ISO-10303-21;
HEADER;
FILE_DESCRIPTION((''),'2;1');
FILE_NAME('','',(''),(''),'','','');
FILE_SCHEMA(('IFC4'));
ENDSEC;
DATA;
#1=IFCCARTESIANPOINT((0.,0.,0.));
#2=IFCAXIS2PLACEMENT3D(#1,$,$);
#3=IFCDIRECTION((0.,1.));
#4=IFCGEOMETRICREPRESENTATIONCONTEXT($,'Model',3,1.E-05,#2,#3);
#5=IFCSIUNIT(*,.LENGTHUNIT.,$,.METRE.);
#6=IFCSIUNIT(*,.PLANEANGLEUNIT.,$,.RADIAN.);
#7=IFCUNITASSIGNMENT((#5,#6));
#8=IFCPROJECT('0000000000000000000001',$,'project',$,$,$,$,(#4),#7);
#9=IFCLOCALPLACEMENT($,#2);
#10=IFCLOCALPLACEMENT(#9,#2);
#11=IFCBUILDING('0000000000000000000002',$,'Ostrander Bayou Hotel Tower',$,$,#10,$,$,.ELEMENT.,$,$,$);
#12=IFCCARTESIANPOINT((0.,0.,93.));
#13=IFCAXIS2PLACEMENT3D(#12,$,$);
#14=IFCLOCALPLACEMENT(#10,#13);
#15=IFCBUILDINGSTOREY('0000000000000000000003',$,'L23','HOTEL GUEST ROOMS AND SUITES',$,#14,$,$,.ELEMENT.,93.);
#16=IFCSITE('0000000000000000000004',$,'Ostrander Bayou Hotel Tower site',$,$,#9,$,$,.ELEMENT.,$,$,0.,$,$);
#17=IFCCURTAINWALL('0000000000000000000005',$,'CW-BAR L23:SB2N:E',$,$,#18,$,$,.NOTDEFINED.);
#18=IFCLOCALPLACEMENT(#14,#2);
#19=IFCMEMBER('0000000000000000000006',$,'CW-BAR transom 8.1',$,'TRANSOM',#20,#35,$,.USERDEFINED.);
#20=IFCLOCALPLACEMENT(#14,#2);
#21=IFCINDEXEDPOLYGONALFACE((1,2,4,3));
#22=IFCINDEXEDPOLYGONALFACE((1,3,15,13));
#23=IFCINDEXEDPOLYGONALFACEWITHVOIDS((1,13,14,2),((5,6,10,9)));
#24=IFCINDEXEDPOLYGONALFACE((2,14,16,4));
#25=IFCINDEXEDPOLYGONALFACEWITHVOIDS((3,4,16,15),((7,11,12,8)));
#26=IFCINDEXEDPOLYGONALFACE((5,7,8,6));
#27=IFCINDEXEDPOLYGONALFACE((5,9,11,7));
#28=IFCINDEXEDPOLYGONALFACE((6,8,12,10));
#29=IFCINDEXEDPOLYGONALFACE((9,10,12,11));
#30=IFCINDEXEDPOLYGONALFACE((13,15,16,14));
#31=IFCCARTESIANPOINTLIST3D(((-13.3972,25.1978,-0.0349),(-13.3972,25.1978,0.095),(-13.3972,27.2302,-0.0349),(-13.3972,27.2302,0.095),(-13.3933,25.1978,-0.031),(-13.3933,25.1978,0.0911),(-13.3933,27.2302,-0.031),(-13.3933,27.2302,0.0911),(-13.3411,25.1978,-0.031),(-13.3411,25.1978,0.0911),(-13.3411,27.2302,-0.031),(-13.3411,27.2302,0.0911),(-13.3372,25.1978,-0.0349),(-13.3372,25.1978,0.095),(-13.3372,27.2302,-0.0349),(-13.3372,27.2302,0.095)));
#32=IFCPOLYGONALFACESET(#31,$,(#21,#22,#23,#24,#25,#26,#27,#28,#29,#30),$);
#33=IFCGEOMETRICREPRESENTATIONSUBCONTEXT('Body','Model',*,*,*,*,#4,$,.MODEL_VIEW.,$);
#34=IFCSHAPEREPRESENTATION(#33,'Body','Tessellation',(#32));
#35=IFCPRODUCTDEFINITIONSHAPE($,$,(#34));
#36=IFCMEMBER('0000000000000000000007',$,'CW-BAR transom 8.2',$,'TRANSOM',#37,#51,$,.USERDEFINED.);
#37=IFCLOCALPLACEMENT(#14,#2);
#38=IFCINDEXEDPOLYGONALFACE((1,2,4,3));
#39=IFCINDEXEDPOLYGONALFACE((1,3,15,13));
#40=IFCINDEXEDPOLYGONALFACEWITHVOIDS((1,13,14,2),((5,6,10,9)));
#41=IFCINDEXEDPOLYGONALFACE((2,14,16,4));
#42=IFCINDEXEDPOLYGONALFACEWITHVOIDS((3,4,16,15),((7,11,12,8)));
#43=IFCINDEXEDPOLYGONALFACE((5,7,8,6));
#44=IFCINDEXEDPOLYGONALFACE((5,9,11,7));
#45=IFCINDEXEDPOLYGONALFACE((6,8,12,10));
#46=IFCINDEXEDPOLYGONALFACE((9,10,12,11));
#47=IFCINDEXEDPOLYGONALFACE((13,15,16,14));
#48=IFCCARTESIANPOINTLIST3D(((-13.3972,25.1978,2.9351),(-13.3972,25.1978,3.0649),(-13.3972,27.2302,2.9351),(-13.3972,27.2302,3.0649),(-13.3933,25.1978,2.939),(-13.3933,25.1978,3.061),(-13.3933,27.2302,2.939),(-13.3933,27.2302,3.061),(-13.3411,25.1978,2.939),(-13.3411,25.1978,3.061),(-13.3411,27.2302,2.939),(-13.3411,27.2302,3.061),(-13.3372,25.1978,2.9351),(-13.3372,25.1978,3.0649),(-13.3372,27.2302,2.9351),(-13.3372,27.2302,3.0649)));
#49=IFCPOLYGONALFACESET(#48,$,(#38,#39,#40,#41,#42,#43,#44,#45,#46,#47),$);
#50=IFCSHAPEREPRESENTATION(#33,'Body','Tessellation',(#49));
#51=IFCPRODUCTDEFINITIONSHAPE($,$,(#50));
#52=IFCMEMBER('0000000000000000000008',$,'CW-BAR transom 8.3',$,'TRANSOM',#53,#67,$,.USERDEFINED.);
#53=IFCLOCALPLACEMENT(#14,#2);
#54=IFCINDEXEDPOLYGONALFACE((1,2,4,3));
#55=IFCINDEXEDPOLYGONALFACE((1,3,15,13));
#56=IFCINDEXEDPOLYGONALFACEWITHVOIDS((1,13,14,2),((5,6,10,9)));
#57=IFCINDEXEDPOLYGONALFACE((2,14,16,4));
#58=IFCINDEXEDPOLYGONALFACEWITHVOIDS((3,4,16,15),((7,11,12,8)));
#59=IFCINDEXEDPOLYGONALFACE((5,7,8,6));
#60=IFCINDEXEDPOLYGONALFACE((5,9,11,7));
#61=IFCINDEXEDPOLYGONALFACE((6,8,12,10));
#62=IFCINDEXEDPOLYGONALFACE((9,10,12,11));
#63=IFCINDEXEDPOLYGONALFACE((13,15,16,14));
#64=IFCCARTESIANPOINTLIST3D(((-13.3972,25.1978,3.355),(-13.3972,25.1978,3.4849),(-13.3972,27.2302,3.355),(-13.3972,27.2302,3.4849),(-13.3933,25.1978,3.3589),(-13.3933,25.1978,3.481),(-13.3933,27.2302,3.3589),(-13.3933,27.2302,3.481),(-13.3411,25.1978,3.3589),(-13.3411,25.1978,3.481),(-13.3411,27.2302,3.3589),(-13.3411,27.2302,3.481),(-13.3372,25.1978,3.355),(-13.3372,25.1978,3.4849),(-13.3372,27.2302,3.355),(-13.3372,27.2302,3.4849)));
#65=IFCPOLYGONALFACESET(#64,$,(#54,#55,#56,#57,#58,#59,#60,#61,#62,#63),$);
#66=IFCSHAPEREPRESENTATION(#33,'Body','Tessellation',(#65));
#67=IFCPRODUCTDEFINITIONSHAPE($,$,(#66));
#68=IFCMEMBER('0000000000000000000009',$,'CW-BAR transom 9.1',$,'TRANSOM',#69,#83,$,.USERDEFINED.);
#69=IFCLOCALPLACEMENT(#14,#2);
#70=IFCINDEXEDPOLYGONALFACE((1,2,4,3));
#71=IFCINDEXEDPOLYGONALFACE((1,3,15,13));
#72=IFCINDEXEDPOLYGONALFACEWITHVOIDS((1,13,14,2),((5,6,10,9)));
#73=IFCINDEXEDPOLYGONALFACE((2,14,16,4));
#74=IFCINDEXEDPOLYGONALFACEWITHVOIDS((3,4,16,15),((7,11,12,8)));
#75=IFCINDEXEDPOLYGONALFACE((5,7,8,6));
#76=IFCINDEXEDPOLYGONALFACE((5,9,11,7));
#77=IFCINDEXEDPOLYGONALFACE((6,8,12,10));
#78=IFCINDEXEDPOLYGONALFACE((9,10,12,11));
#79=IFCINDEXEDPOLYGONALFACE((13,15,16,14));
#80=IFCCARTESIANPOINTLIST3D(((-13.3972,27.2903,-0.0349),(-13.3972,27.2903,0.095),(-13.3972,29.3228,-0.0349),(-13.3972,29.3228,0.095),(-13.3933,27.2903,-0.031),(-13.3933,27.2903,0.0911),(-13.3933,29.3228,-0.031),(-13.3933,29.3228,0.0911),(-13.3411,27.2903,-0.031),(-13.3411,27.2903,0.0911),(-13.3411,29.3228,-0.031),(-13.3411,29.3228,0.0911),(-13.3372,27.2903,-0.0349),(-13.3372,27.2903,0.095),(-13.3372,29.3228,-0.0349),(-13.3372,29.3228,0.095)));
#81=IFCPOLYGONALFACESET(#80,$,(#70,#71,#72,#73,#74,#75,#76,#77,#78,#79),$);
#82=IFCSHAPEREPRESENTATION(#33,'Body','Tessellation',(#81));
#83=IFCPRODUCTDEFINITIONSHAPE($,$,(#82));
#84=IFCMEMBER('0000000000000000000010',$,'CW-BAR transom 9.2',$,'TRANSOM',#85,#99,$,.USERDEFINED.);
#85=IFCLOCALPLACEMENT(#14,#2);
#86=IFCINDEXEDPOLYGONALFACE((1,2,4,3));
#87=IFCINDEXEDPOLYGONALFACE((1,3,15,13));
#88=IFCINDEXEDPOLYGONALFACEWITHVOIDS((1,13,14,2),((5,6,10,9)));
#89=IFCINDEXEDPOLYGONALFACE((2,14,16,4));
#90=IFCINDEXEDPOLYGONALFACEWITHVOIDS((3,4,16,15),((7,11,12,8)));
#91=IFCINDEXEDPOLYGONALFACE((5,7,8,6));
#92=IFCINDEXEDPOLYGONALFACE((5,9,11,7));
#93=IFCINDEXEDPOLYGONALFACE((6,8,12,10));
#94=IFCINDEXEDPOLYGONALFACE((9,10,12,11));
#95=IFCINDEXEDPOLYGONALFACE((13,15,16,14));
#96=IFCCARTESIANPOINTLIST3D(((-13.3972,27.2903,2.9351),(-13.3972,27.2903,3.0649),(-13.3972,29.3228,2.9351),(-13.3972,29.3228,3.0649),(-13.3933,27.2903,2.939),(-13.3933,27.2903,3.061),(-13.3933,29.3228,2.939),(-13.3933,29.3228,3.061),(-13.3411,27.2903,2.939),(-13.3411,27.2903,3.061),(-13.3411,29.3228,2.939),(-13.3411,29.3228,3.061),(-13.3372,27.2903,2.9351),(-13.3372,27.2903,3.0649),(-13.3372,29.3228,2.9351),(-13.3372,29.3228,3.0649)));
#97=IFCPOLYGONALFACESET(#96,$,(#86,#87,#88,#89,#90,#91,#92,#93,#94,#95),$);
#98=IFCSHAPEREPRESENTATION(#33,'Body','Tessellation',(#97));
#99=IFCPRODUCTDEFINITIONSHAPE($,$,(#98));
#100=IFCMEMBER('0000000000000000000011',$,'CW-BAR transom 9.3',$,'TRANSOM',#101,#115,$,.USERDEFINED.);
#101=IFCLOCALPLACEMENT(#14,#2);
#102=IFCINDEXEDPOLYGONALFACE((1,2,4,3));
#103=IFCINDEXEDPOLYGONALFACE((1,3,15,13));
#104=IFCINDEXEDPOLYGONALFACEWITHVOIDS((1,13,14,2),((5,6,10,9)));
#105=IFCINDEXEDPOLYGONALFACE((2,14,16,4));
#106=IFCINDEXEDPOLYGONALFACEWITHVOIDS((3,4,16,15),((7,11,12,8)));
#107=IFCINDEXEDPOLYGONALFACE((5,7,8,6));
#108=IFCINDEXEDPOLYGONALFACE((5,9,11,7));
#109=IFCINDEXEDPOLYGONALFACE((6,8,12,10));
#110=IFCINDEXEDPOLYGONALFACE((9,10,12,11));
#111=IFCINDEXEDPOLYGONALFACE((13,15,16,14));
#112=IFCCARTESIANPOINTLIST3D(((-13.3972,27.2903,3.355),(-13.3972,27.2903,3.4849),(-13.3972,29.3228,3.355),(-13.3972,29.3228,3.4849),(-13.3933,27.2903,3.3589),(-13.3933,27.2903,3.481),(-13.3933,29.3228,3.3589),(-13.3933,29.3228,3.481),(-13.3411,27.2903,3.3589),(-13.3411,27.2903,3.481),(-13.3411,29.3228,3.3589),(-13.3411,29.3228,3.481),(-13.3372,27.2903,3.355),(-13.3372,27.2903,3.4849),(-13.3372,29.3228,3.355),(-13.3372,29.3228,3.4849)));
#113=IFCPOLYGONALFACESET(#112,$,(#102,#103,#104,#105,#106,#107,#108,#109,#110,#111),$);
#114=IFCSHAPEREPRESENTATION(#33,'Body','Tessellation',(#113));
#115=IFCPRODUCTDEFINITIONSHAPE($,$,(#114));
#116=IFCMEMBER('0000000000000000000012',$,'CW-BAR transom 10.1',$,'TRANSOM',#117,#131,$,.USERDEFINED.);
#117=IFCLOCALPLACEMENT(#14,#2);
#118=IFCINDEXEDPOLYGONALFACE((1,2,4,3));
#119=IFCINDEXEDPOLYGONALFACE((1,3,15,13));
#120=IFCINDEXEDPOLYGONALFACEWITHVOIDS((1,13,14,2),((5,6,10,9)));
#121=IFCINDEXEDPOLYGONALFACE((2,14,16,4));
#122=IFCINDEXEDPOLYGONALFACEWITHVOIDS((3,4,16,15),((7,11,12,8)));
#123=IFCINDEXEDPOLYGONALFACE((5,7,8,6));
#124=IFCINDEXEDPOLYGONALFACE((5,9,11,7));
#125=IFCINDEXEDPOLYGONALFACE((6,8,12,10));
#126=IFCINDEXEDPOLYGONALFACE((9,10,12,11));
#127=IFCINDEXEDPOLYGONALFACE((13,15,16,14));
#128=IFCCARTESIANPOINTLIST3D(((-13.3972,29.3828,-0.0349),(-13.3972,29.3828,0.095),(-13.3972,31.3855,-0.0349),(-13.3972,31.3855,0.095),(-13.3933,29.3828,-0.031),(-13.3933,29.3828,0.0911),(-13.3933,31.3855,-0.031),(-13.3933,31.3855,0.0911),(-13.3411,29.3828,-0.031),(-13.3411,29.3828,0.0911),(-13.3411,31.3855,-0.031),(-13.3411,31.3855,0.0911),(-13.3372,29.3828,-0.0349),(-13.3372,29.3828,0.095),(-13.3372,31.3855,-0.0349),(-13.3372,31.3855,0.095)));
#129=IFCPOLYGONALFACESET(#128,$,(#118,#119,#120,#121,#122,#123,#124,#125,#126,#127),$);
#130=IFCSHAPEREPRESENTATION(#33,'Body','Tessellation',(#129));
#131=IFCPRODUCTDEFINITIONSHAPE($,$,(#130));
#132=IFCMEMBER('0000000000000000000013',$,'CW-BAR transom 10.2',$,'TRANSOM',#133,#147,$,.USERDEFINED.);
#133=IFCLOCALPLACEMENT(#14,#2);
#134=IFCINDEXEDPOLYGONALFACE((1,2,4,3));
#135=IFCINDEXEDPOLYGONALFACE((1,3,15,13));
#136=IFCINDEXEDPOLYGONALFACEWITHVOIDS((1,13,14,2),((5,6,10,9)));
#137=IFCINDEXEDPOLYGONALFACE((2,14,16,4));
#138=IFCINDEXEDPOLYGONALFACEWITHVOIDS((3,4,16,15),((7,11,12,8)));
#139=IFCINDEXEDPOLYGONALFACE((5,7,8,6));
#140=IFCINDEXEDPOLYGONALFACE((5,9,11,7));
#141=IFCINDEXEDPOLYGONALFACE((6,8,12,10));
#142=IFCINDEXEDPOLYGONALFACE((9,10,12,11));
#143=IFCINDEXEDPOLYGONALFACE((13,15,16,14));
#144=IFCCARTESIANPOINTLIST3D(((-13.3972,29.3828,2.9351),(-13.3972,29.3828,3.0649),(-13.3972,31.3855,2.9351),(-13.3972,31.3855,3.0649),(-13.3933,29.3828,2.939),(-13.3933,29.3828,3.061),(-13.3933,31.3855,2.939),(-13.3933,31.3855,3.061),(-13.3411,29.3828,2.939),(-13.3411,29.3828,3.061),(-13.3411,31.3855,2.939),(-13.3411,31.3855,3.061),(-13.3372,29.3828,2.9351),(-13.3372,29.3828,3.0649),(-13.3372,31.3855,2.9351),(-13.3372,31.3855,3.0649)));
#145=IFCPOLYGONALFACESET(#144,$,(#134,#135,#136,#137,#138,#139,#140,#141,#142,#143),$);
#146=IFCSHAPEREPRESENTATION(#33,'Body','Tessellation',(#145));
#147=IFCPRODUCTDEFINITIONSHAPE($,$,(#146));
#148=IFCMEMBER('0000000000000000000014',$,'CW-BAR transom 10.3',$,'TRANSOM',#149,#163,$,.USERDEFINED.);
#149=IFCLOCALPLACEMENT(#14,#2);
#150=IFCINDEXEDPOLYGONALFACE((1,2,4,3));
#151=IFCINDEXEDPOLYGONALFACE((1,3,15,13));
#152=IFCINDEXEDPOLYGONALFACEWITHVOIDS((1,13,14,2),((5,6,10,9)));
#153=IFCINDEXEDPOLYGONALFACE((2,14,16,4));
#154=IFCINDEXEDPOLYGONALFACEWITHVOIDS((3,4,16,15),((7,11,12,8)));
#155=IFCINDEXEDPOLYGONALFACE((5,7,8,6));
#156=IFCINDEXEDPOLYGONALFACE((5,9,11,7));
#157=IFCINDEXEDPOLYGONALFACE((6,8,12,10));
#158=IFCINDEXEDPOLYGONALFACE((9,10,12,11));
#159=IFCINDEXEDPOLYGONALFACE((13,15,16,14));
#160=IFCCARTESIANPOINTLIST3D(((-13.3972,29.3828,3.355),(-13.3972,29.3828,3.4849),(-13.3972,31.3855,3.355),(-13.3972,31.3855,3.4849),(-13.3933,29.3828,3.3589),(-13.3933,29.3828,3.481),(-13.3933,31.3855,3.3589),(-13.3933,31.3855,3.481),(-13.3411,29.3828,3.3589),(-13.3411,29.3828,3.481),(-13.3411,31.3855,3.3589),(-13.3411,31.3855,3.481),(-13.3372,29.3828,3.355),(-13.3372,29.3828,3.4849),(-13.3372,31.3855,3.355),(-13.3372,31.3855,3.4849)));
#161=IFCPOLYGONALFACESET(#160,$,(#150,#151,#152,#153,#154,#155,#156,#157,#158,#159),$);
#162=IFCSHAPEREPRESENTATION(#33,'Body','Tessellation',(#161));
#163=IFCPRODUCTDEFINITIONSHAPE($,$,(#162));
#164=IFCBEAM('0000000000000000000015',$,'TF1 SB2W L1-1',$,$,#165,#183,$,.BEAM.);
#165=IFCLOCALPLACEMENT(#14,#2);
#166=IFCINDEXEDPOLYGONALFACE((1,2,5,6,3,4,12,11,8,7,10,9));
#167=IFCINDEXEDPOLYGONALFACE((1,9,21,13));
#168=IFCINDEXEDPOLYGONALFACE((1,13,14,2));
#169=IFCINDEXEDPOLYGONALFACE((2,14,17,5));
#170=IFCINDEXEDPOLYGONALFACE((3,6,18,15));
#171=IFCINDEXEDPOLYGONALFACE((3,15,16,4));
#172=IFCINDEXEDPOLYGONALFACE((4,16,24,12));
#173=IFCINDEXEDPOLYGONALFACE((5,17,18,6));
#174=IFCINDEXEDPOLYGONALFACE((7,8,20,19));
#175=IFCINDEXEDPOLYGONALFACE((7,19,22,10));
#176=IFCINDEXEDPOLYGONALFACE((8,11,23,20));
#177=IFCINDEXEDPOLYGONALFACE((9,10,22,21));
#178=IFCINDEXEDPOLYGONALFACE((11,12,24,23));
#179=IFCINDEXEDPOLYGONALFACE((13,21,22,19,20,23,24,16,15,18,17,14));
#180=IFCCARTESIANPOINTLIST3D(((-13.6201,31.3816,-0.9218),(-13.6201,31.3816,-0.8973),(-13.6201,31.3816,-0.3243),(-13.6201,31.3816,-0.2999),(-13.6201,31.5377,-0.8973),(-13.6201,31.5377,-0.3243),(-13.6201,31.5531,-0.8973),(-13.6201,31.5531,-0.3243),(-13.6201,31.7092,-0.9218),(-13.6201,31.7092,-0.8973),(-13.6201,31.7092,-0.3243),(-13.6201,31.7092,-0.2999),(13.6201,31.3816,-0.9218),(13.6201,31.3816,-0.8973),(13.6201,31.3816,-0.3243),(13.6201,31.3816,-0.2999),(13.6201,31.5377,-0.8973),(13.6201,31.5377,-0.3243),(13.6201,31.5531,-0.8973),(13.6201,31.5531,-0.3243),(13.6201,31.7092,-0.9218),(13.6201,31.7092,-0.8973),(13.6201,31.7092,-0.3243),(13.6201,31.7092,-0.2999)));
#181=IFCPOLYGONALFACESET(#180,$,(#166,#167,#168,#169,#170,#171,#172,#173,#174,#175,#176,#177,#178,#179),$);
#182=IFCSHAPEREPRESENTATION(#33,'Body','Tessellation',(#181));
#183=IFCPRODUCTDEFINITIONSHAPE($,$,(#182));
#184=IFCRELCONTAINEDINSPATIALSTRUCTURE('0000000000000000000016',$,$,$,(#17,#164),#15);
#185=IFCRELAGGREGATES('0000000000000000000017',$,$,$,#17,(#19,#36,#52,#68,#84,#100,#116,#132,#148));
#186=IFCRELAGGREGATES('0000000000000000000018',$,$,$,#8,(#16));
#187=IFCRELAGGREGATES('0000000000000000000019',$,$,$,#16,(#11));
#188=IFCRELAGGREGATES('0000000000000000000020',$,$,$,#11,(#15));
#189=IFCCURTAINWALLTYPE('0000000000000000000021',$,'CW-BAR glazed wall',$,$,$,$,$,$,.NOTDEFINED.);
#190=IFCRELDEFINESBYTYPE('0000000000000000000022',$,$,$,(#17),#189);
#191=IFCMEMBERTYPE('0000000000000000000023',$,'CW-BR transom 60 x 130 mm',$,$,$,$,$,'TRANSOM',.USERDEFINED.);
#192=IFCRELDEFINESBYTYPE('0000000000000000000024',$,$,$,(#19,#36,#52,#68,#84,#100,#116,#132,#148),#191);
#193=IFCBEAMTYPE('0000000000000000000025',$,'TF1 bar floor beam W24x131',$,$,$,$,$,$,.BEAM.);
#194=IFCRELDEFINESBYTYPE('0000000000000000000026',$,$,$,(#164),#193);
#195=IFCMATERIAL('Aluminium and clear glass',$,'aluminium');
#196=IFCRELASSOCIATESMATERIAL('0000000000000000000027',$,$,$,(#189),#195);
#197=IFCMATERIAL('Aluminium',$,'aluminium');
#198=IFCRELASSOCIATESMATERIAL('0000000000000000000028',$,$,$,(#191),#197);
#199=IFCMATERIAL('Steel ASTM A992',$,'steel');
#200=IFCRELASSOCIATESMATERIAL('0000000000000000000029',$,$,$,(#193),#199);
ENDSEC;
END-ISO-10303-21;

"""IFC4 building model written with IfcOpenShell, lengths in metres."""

from ifc_helpers import new_model, si_unit, direction, frame, origin, origin_2d, place, context, subcontext, project, spatial, hollow_rectangle, i_section, extrude, material, material_profile, profile_set, type_object, element, aggregate, save


model = new_model("IFC4")

# Units and contexts
model_context = context("Model", 3, precision=1e-05, world=origin(), true_north=direction((0.0, 1.0)))
body_context = subcontext(model_context, "Body", "Model", "MODEL_VIEW")
ifc_project = project(units=[si_unit("LENGTHUNIT", "METRE"), si_unit("PLANEANGLEUNIT", "RADIAN")], contexts=[model_context])

# Site, building, storey
site_placement = place(None, origin())
site = spatial("IfcSite", under=ifc_project, at=site_placement, Name="Ostrander Bayou Hotel Tower site", CompositionType="ELEMENT", RefElevation=0.0)
building_placement = place(site_placement, origin())
building = spatial("IfcBuilding", under=site, at=building_placement, Name="Ostrander Bayou Hotel Tower", CompositionType="ELEMENT")
storey_placement = place(building_placement, frame((0.0, 0.0, 93.0)))
storey = spatial("IfcBuildingStorey", under=building, at=storey_placement, Name="L23", Description="HOTEL GUEST ROOMS AND SUITES", CompositionType="ELEMENT", Elevation=93.0)

# Curtain wall
ifc_material_1 = material(Name="Aluminium and clear glass", Category="aluminium")
curtain_wall_type = type_object("IfcCurtainWallType", Name="CW-BAR glazed wall", PredefinedType="NOTDEFINED", material=ifc_material_1)
curtain_wall_1_placement = place(storey_placement, origin())
curtain_wall_1 = element("IfcCurtainWall", 1, at=curtain_wall_1_placement, inside=storey, type_object=curtain_wall_type, Name="CW-BAR L23:SB2N:E", PredefinedType="NOTDEFINED")

# Members
ifc_material_2 = material(Name="Aluminium", Category="aluminium")
ifc_material_profile_1 = material_profile(ifc_material_2, hollow_rectangle(XDim=0.0601, YDim=0.1299, WallThickness=0.0039, at=origin_2d()))
ifc_profile_set_1 = profile_set([ifc_material_profile_1], Name="Aluminium")
member_type_1 = type_object("IfcMemberType", Name="CW-BR transom 60 x 130 mm", ElementType="TRANSOM", PredefinedType="USERDEFINED", material=ifc_profile_set_1)
member_1_placement = place(storey_placement, frame((-13.3672, 25.1978, 0.03), z_axis=(0.0, 1.0, 0.0), x_axis=(-1.0, 0.0, 0.0)))
member_1 = element("IfcMember", 2, at=member_1_placement, type_object=member_type_1, Name="CW-BAR transom 8.1", ObjectType="TRANSOM", PredefinedType="USERDEFINED", context=body_context, shape_type="SweptSolid", body=[
    extrude(hollow_rectangle(XDim=0.0601, YDim=0.1299, WallThickness=0.0039, at=origin_2d()), origin(), (0.0, 0.0, 1.0), 2.0325),
])
member_2_placement = place(storey_placement, frame((-13.3672, 25.1978, 3.0), z_axis=(0.0, 1.0, 0.0), x_axis=(-1.0, 0.0, 0.0)))
member_2 = element("IfcMember", 3, at=member_2_placement, type_object=member_type_1, Name="CW-BAR transom 8.2", ObjectType="TRANSOM", PredefinedType="USERDEFINED", context=body_context, shape_type="SweptSolid", body=[
    extrude(hollow_rectangle(XDim=0.0601, YDim=0.1299, WallThickness=0.0039, at=origin_2d()), origin(), (0.0, 0.0, 1.0), 2.0325),
])
member_3_placement = place(storey_placement, frame((-13.3672, 25.1978, 3.4199), z_axis=(0.0, 1.0, 0.0), x_axis=(-1.0, 0.0, 0.0)))
member_3 = element("IfcMember", 4, at=member_3_placement, type_object=member_type_1, Name="CW-BAR transom 8.3", ObjectType="TRANSOM", PredefinedType="USERDEFINED", context=body_context, shape_type="SweptSolid", body=[
    extrude(hollow_rectangle(XDim=0.0601, YDim=0.1299, WallThickness=0.0039, at=origin_2d()), origin(), (0.0, 0.0, 1.0), 2.0325),
])
member_4_placement = place(storey_placement, frame((-13.3672, 27.2903, 0.03), z_axis=(0.0, 1.0, 0.0), x_axis=(-1.0, 0.0, 0.0)))
member_4 = element("IfcMember", 5, at=member_4_placement, type_object=member_type_1, Name="CW-BAR transom 9.1", ObjectType="TRANSOM", PredefinedType="USERDEFINED", context=body_context, shape_type="SweptSolid", body=[
    extrude(hollow_rectangle(XDim=0.0601, YDim=0.1299, WallThickness=0.0039, at=origin_2d()), origin(), (0.0, 0.0, 1.0), 2.0325),
])
member_5_placement = place(storey_placement, frame((-13.3672, 27.2903, 3.0), z_axis=(0.0, 1.0, 0.0), x_axis=(-1.0, 0.0, 0.0)))
member_5 = element("IfcMember", 6, at=member_5_placement, type_object=member_type_1, Name="CW-BAR transom 9.2", ObjectType="TRANSOM", PredefinedType="USERDEFINED", context=body_context, shape_type="SweptSolid", body=[
    extrude(hollow_rectangle(XDim=0.0601, YDim=0.1299, WallThickness=0.0039, at=origin_2d()), origin(), (0.0, 0.0, 1.0), 2.0325),
])
member_6_placement = place(storey_placement, frame((-13.3672, 27.2903, 3.4199), z_axis=(0.0, 1.0, 0.0), x_axis=(-1.0, 0.0, 0.0)))
member_6 = element("IfcMember", 7, at=member_6_placement, type_object=member_type_1, Name="CW-BAR transom 9.3", ObjectType="TRANSOM", PredefinedType="USERDEFINED", context=body_context, shape_type="SweptSolid", body=[
    extrude(hollow_rectangle(XDim=0.0601, YDim=0.1299, WallThickness=0.0039, at=origin_2d()), origin(), (0.0, 0.0, 1.0), 2.0325),
])
member_7_placement = place(storey_placement, frame((-13.3672, 29.3828, 0.03), z_axis=(0.0, 1.0, 0.0), x_axis=(-1.0, 0.0, 0.0)))
member_7 = element("IfcMember", 8, at=member_7_placement, type_object=member_type_1, Name="CW-BAR transom 10.1", ObjectType="TRANSOM", PredefinedType="USERDEFINED", context=body_context, shape_type="SweptSolid", body=[
    extrude(hollow_rectangle(XDim=0.0601, YDim=0.1299, WallThickness=0.0039, at=origin_2d()), origin(), (0.0, 0.0, 1.0), 2.0027),
])
member_8_placement = place(storey_placement, frame((-13.3672, 29.3828, 3.0), z_axis=(0.0, 1.0, 0.0), x_axis=(-1.0, 0.0, 0.0)))
member_8 = element("IfcMember", 9, at=member_8_placement, type_object=member_type_1, Name="CW-BAR transom 10.2", ObjectType="TRANSOM", PredefinedType="USERDEFINED", context=body_context, shape_type="SweptSolid", body=[
    extrude(hollow_rectangle(XDim=0.0601, YDim=0.1299, WallThickness=0.0039, at=origin_2d()), origin(), (0.0, 0.0, 1.0), 2.0027),
])
member_9_placement = place(storey_placement, frame((-13.3672, 29.3828, 3.4199), z_axis=(0.0, 1.0, 0.0), x_axis=(-1.0, 0.0, 0.0)))
member_9 = element("IfcMember", 10, at=member_9_placement, type_object=member_type_1, Name="CW-BAR transom 10.3", ObjectType="TRANSOM", PredefinedType="USERDEFINED", context=body_context, shape_type="SweptSolid", body=[
    extrude(hollow_rectangle(XDim=0.0601, YDim=0.1299, WallThickness=0.0039, at=origin_2d()), origin(), (0.0, 0.0, 1.0), 2.0027),
])

# Beam
ifc_material_3 = material(Name="Steel ASTM A992", Category="steel")
ifc_material_profile_2 = material_profile(ifc_material_3, i_section(OverallWidth=0.3276, OverallDepth=0.6218, WebThickness=0.0154, FlangeThickness=0.0244, at=origin_2d()))
ifc_profile_set_2 = profile_set([ifc_material_profile_2], Name="Steel ASTM A992")
beam_type = type_object("IfcBeamType", Name="TF1 bar floor beam W24x131", PredefinedType="BEAM", material=ifc_profile_set_2)
for number, where, z_axis, x_axis, name in (
    (11, (-13.6201, 31.5454, -0.6108), (1.0, 0.0, 0.0), (0.0, 1.0, 0.0), "TF1 SB2W L1-1"),
):
    element("IfcBeam", number, at=place(storey_placement, frame(where, z_axis=z_axis, x_axis=x_axis)), inside=storey, type_object=beam_type, Name=name, PredefinedType="BEAM", context=body_context, shape_type="SweptSolid", body=[
        extrude(i_section(OverallWidth=0.3276, OverallDepth=0.6218, WebThickness=0.0154, FlangeThickness=0.0244, at=origin_2d()), origin(), (0.0, 0.0, 1.0), 27.2402),
    ])

aggregate(curtain_wall_1, [member_1, member_2, member_3, member_4, member_5, member_6, member_7, member_8, member_9])

save(model, "model.ifc")
